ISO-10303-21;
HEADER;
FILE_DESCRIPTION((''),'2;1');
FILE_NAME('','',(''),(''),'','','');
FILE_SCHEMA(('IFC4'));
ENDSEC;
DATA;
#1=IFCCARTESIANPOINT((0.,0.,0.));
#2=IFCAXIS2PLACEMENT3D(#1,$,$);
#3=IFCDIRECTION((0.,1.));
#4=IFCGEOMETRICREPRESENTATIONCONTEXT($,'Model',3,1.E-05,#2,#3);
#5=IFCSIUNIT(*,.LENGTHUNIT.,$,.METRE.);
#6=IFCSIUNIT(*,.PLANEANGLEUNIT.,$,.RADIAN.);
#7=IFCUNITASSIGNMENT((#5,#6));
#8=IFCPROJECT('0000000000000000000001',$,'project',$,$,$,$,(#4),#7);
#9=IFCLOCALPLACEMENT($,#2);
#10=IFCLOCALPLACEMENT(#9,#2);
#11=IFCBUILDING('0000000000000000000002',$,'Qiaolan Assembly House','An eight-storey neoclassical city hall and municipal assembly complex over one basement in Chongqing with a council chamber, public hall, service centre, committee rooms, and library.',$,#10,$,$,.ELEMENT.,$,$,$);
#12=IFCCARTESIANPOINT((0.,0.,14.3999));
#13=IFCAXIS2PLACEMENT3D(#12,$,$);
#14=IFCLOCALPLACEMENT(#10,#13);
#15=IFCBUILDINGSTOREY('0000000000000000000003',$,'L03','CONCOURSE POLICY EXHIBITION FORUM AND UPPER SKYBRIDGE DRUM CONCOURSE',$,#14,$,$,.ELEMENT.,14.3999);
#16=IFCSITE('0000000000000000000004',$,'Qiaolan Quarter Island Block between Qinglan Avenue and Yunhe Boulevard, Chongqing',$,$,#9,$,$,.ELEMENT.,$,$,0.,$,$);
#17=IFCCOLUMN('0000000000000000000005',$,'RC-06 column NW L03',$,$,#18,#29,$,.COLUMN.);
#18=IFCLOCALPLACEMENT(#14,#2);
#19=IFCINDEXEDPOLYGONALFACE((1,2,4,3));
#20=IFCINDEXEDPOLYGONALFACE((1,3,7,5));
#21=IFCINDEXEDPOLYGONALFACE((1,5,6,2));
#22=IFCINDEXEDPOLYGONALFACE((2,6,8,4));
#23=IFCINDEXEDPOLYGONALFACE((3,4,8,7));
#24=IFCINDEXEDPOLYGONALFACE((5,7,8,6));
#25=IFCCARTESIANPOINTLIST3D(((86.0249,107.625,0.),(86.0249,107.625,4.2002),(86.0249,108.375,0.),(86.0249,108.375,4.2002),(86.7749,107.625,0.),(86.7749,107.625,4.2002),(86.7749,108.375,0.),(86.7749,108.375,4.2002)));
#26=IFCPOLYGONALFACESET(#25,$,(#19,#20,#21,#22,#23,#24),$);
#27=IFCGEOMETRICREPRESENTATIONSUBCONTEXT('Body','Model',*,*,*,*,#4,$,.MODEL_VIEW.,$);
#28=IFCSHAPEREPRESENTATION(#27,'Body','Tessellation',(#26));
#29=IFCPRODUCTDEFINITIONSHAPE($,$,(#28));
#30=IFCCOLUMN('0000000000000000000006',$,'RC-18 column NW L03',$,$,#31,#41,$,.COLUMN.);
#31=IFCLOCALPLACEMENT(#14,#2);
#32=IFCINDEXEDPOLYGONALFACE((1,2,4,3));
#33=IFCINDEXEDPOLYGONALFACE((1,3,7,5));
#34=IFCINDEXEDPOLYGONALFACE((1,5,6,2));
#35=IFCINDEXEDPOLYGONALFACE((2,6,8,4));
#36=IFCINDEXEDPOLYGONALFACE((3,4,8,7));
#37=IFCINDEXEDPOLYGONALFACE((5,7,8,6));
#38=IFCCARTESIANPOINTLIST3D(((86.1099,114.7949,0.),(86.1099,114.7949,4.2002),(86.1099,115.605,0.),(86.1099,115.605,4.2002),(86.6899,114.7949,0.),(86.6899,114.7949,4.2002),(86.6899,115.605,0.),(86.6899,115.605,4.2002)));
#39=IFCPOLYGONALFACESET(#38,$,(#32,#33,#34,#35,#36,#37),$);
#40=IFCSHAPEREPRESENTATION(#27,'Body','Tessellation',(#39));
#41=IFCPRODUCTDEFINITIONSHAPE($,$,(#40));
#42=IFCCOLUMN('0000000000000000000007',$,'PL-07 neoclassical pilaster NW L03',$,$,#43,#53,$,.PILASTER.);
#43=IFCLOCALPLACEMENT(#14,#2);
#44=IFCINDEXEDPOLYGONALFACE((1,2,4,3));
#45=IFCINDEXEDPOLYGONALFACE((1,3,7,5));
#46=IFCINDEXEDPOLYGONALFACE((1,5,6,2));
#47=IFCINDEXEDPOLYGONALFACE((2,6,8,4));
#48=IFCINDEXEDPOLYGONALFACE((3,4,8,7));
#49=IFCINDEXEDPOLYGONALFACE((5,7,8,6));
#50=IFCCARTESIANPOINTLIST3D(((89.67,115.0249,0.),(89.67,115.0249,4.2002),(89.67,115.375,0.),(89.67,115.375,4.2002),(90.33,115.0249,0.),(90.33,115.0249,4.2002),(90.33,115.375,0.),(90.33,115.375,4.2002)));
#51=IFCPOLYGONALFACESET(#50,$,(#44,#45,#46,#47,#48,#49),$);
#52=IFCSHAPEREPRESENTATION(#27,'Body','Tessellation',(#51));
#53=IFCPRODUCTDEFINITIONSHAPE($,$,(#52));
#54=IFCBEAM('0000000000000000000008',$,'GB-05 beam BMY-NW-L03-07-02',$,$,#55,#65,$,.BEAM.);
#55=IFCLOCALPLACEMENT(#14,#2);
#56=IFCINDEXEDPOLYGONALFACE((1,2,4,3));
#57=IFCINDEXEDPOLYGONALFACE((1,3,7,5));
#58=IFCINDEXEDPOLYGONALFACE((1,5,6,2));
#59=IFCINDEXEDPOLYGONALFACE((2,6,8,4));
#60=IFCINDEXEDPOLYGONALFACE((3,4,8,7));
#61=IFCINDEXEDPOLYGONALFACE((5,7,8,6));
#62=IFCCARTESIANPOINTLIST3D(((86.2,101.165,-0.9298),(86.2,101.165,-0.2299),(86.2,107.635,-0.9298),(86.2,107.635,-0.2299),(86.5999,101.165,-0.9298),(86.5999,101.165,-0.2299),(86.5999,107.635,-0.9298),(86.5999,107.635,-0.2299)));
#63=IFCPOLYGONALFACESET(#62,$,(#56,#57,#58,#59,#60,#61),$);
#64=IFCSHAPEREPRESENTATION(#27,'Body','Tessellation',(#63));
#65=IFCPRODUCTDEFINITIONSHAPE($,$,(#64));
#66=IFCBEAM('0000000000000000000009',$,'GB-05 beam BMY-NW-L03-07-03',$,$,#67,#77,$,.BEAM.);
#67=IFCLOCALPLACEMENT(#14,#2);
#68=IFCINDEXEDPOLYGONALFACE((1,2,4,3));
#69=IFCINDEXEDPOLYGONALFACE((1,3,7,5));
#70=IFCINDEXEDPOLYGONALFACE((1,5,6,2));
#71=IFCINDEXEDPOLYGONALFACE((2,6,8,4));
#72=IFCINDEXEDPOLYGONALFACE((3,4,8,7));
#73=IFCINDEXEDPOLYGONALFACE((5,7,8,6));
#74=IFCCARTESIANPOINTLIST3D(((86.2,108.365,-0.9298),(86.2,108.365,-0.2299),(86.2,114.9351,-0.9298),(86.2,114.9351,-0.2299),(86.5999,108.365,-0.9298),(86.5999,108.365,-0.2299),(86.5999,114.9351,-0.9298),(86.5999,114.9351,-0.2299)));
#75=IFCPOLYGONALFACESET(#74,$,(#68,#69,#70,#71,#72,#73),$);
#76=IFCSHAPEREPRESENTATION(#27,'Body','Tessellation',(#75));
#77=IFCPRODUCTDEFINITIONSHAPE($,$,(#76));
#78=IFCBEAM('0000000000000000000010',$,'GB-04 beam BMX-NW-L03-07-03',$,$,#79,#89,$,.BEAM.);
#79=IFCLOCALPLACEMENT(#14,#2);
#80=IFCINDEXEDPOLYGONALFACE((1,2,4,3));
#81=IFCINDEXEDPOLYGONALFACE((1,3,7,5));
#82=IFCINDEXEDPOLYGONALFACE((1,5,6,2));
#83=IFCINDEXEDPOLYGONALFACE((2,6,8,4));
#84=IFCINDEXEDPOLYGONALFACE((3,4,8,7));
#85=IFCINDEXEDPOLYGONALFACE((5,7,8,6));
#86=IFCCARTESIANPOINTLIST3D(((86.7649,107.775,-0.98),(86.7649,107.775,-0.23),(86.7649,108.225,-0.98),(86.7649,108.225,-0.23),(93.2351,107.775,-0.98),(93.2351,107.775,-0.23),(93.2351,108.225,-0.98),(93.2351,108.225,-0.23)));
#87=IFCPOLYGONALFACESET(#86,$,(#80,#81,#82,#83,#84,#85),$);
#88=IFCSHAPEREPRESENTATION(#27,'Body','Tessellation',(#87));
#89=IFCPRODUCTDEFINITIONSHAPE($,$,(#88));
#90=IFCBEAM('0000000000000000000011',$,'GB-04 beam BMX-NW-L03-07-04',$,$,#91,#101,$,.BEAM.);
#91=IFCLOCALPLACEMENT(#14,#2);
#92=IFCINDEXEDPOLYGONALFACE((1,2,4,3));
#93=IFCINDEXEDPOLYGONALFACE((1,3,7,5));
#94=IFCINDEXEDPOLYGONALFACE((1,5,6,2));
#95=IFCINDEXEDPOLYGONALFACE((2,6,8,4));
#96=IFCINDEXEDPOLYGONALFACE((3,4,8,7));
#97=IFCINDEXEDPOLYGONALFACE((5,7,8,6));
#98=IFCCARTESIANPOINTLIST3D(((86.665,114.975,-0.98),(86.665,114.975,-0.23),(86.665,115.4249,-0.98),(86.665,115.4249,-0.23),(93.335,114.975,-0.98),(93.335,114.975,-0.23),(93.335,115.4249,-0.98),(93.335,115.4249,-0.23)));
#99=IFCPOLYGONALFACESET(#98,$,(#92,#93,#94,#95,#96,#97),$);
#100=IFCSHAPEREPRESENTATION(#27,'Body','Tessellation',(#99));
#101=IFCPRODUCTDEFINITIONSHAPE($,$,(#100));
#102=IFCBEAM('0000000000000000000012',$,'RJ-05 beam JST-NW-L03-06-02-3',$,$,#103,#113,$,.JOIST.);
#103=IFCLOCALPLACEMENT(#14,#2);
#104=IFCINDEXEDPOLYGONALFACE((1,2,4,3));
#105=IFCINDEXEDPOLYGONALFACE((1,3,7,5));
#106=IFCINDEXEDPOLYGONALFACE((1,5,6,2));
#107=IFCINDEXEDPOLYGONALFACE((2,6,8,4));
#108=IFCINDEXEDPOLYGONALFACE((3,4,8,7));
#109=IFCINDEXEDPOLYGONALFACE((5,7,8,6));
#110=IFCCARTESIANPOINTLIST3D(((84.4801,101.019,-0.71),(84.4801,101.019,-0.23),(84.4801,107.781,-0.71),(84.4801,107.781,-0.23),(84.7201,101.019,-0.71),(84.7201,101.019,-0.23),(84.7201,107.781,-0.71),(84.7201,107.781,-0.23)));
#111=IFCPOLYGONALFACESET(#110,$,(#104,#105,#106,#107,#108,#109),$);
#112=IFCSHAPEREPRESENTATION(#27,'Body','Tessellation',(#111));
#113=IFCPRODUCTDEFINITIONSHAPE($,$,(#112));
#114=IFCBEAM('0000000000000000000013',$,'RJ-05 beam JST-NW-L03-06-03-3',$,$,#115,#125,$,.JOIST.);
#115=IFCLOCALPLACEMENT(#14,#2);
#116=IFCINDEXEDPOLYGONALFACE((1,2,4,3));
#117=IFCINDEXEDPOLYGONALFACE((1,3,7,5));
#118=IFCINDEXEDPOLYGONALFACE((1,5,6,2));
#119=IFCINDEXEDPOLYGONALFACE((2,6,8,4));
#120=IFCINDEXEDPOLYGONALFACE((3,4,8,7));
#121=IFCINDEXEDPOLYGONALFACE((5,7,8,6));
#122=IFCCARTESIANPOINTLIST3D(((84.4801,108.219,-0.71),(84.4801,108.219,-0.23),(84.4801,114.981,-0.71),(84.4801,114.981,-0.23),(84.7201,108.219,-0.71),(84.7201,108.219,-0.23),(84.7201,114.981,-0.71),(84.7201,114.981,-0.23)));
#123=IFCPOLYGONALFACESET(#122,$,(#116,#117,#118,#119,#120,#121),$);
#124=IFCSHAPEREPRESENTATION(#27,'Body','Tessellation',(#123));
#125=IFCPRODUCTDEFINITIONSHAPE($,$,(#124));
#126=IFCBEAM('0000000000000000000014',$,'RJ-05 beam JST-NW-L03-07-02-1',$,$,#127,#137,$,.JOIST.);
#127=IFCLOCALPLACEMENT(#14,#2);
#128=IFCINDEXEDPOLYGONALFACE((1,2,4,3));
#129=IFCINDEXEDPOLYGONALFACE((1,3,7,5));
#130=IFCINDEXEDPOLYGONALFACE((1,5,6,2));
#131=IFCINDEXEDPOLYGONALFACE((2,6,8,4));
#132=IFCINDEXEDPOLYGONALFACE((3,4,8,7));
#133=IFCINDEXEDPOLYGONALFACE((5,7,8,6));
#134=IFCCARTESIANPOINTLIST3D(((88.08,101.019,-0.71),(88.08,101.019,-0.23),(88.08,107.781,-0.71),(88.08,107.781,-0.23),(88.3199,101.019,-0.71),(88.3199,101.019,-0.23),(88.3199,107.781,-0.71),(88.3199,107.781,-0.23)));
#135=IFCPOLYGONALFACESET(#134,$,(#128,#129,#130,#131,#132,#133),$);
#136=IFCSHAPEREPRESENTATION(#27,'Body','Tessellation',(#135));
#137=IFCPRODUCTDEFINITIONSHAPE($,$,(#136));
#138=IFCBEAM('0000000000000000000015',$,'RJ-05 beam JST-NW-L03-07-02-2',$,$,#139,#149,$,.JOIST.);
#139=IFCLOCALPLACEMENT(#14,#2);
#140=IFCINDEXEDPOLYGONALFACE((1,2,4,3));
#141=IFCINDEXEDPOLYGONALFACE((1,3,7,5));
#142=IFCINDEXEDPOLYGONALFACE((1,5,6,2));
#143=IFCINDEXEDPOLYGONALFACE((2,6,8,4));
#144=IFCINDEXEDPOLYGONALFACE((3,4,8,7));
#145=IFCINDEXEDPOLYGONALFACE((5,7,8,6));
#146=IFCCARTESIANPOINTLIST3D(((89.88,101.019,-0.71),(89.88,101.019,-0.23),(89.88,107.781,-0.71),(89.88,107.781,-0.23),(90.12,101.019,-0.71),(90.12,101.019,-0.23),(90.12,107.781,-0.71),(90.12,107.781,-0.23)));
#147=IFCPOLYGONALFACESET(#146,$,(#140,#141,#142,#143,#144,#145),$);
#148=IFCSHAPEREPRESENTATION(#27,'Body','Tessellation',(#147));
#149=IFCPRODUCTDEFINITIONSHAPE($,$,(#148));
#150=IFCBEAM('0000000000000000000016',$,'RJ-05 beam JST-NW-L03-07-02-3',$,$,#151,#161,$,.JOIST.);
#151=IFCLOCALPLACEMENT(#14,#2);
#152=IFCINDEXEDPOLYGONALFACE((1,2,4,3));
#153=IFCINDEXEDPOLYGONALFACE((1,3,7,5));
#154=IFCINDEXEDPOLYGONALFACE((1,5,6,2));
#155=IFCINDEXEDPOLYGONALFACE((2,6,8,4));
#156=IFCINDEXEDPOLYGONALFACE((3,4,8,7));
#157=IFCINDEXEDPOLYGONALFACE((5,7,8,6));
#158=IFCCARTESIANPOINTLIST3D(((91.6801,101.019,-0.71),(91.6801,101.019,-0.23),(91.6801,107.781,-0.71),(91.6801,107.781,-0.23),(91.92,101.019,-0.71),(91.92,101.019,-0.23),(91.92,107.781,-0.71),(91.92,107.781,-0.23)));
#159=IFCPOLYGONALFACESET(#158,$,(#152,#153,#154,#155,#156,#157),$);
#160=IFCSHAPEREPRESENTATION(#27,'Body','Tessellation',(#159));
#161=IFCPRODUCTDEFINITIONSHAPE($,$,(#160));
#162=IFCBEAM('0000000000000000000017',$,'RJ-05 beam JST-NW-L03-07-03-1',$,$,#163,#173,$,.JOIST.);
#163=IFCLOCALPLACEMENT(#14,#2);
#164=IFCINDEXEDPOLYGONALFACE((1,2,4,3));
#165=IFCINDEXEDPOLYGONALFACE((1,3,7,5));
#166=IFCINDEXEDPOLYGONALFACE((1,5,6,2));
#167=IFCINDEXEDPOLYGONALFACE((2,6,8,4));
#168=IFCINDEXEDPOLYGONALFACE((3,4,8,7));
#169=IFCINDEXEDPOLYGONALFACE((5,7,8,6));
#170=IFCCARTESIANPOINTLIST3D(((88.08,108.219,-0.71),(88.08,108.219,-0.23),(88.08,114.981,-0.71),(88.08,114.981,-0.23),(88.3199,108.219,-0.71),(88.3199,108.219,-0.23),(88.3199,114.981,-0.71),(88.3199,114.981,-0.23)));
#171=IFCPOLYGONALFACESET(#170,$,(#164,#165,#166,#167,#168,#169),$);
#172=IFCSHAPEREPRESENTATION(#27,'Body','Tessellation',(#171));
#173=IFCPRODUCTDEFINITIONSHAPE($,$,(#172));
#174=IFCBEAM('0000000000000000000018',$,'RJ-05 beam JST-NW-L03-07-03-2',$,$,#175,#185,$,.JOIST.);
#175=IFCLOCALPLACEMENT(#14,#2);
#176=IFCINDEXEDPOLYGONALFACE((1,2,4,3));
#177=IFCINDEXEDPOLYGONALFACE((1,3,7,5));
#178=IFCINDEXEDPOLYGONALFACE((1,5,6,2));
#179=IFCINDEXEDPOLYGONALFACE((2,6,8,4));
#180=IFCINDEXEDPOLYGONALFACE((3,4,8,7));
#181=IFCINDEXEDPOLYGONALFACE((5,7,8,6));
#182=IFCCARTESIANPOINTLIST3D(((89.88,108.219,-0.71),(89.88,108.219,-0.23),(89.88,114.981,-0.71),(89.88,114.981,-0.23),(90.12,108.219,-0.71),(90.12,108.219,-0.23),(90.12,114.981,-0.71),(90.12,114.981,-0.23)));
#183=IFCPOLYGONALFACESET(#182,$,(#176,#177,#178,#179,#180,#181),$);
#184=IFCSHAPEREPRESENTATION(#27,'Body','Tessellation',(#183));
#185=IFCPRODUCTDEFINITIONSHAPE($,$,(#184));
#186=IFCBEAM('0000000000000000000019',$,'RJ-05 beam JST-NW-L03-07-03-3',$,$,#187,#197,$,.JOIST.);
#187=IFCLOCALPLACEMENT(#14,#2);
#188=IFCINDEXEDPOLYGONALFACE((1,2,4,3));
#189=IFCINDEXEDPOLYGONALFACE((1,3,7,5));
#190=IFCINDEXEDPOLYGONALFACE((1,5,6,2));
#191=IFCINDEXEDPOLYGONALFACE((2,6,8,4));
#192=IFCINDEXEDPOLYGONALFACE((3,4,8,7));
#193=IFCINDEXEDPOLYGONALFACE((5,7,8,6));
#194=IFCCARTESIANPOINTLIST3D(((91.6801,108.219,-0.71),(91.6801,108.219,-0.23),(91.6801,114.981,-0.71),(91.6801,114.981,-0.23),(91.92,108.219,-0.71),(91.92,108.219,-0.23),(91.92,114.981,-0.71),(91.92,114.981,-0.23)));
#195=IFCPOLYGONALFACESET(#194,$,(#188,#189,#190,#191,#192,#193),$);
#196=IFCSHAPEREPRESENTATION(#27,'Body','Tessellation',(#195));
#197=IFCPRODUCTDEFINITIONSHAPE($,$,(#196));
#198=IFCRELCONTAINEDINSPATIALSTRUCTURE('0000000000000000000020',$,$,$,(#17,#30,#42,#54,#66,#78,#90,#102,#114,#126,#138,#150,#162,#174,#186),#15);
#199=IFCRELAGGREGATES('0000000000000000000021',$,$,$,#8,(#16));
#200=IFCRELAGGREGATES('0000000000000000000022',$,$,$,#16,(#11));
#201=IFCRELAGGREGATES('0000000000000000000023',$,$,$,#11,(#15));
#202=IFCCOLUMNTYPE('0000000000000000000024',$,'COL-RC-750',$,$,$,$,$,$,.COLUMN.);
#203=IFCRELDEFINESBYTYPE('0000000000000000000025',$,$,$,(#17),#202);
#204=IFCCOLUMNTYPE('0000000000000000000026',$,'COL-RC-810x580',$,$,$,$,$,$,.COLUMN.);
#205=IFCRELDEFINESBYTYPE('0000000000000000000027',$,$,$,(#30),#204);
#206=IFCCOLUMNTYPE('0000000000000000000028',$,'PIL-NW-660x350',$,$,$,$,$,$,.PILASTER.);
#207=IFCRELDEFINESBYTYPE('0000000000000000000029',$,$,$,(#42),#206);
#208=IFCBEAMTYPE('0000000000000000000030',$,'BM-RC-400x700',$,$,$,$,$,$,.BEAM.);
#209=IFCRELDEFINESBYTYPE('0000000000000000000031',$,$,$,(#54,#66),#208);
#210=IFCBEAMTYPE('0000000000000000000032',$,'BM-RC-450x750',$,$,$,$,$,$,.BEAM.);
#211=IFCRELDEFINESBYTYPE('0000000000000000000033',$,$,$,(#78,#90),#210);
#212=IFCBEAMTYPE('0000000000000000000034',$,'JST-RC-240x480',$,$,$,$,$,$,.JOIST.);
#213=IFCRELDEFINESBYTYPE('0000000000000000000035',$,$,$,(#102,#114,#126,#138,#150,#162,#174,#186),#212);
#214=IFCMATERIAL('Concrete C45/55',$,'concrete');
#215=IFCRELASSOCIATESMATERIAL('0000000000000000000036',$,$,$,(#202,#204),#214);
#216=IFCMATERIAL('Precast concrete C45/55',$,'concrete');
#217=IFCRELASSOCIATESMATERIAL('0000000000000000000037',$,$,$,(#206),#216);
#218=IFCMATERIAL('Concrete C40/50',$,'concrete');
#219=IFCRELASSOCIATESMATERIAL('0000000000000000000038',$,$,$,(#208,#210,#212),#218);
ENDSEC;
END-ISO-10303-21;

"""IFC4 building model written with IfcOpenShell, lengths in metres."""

from ifc_helpers import new_model, si_unit, direction, frame, origin, origin_2d, place, context, subcontext, project, spatial, rectangle, extrude, material, material_profile, profile_set, type_object, element, save


model = new_model("IFC4")

# Units and contexts
model_context = context("Model", 3, precision=1e-05, world=origin(), true_north=direction((0.0, 1.0)))
body_context = subcontext(model_context, "Body", "Model", "MODEL_VIEW")
ifc_project = project(units=[si_unit("LENGTHUNIT", "METRE"), si_unit("PLANEANGLEUNIT", "RADIAN")], contexts=[model_context])

# Site, building, storey
site_placement = place(None, origin())
site = spatial("IfcSite", under=ifc_project, at=site_placement, Name="Qiaolan Quarter Island Block between Qinglan Avenue and Yunhe Boulevard, Chongqing", CompositionType="ELEMENT", RefElevation=0.0)
building_placement = place(site_placement, origin())
building = spatial("IfcBuilding", under=site, at=building_placement, Name="Qiaolan Assembly House", Description="An eight-storey neoclassical city hall and municipal assembly complex over one basement in Chongqing with a council chamber, public hall, service centre, committee rooms, and library.", CompositionType="ELEMENT")
storey_placement = place(building_placement, frame((0.0, 0.0, 14.3999)))
storey = spatial("IfcBuildingStorey", under=building, at=storey_placement, Name="L03", Description="CONCOURSE POLICY EXHIBITION FORUM AND UPPER SKYBRIDGE DRUM CONCOURSE", CompositionType="ELEMENT", Elevation=14.3999)

# Columns
ifc_material_1 = material(Name="Concrete C45/55", Category="concrete")
ifc_material_profile_1 = material_profile(ifc_material_1, rectangle(XDim=0.75, YDim=0.75, at=origin_2d()), Name="RC 750x750")
ifc_profile_set_1 = profile_set([ifc_material_profile_1], Name="Concrete C45/55")
column_type_1 = type_object("IfcColumnType", Name="COL-RC-750", PredefinedType="COLUMN", material=ifc_profile_set_1)
column_1_placement = place(storey_placement, frame((86.3999, 108.0, 0.0), z_axis=(0.0, 0.0, 1.0), x_axis=(1.0, 0.0, 0.0)))
element("IfcColumn", 1, at=column_1_placement, inside=storey, type_object=column_type_1, Name="RC-06 column NW L03", PredefinedType="COLUMN", context=body_context, shape_type="SweptSolid", body=[
    extrude(rectangle(XDim=0.75, YDim=0.75, at=origin_2d()), origin(), (0.0, 0.0, 1.0), 4.2002),
])
ifc_material_profile_2 = material_profile(ifc_material_1, rectangle(XDim=0.5801, YDim=0.8101, at=origin_2d()), Name="RC 810x580")
ifc_profile_set_2 = profile_set([ifc_material_profile_2], Name="Concrete C45/55")
column_type_2 = type_object("IfcColumnType", Name="COL-RC-810x580", PredefinedType="COLUMN", material=ifc_profile_set_2)
column_2_placement = place(storey_placement, frame((86.3999, 115.2, 0.0), z_axis=(0.0, 0.0, 1.0), x_axis=(1.0, 0.0, 0.0)))
element("IfcColumn", 2, at=column_2_placement, inside=storey, type_object=column_type_2, Name="RC-18 column NW L03", PredefinedType="COLUMN", context=body_context, shape_type="SweptSolid", body=[
    extrude(rectangle(XDim=0.5801, YDim=0.8101, at=origin_2d()), origin(), (0.0, 0.0, 1.0), 4.2002),
])
ifc_material_2 = material(Name="Precast concrete C45/55", Category="concrete")
ifc_material_profile_3 = material_profile(ifc_material_2, rectangle(XDim=0.6599, YDim=0.3501, at=origin_2d()), Name="PIL 660x350")
ifc_profile_set_3 = profile_set([ifc_material_profile_3], Name="Precast concrete C45/55")
column_type_3 = type_object("IfcColumnType", Name="PIL-NW-660x350", PredefinedType="PILASTER", material=ifc_profile_set_3)
column_3_placement = place(storey_placement, frame((90.0, 115.2, 0.0), z_axis=(0.0, 0.0, 1.0), x_axis=(1.0, 0.0, 0.0)))
element("IfcColumn", 3, at=column_3_placement, inside=storey, type_object=column_type_3, Name="PL-07 neoclassical pilaster NW L03", PredefinedType="PILASTER", context=body_context, shape_type="SweptSolid", body=[
    extrude(rectangle(XDim=0.6599, YDim=0.3501, at=origin_2d()), origin(), (0.0, 0.0, 1.0), 4.2002),
])

# Beams
ifc_material_3 = material(Name="Concrete C40/50", Category="concrete")
ifc_material_profile_4 = material_profile(ifc_material_3, rectangle(XDim=0.3999, YDim=0.7, at=origin_2d()), Name="RCB 400x700")
ifc_profile_set_4 = profile_set([ifc_material_profile_4], Name="Concrete C40/50")
beam_type_1 = type_object("IfcBeamType", Name="BM-RC-400x700", PredefinedType="BEAM", material=ifc_profile_set_4)
beam_1_placement = place(storey_placement, frame((86.3999, 101.165, -0.5798), z_axis=(0.0, 1.0, 0.0), x_axis=(-1.0, 0.0, 0.0)))
element("IfcBeam", 4, at=beam_1_placement, inside=storey, type_object=beam_type_1, Name="GB-05 beam BMY-NW-L03-07-02", PredefinedType="BEAM", context=body_context, shape_type="SweptSolid", body=[
    extrude(rectangle(XDim=0.3999, YDim=0.7, at=origin_2d()), origin(), (0.0, 0.0, 1.0), 6.47),
])
beam_2_placement = place(storey_placement, frame((86.3999, 108.365, -0.5798), z_axis=(0.0, 1.0, 0.0), x_axis=(-1.0, 0.0, 0.0)))
element("IfcBeam", 5, at=beam_2_placement, inside=storey, type_object=beam_type_1, Name="GB-05 beam BMY-NW-L03-07-03", PredefinedType="BEAM", context=body_context, shape_type="SweptSolid", body=[
    extrude(rectangle(XDim=0.3999, YDim=0.7, at=origin_2d()), origin(), (0.0, 0.0, 1.0), 6.5701),
])
ifc_material_profile_5 = material_profile(ifc_material_3, rectangle(XDim=0.45, YDim=0.75, at=origin_2d()), Name="RCB 450x750")
ifc_profile_set_5 = profile_set([ifc_material_profile_5], Name="Concrete C40/50")
beam_type_2 = type_object("IfcBeamType", Name="BM-RC-450x750", PredefinedType="BEAM", material=ifc_profile_set_5)
beam_3_placement = place(storey_placement, frame((86.7649, 108.0, -0.605), z_axis=(1.0, 0.0, 0.0), x_axis=(0.0, 1.0, 0.0)))
element("IfcBeam", 6, at=beam_3_placement, inside=storey, type_object=beam_type_2, Name="GB-04 beam BMX-NW-L03-07-03", PredefinedType="BEAM", context=body_context, shape_type="SweptSolid", body=[
    extrude(rectangle(XDim=0.45, YDim=0.75, at=origin_2d()), origin(), (0.0, 0.0, 1.0), 6.4702),
])
beam_4_placement = place(storey_placement, frame((86.665, 115.2, -0.605), z_axis=(1.0, 0.0, 0.0), x_axis=(0.0, 1.0, 0.0)))
element("IfcBeam", 7, at=beam_4_placement, inside=storey, type_object=beam_type_2, Name="GB-04 beam BMX-NW-L03-07-04", PredefinedType="BEAM", context=body_context, shape_type="SweptSolid", body=[
    extrude(rectangle(XDim=0.45, YDim=0.75, at=origin_2d()), origin(), (0.0, 0.0, 1.0), 6.6699),
])
ifc_material_profile_6 = material_profile(ifc_material_3, rectangle(XDim=0.24, YDim=0.48, at=origin_2d()), Name="RCB 240x480")
ifc_profile_set_6 = profile_set([ifc_material_profile_6], Name="Concrete C40/50")
beam_type_3 = type_object("IfcBeamType", Name="JST-RC-240x480", PredefinedType="JOIST", material=ifc_profile_set_6)
for number, where, z_axis, x_axis, name in (
    (8, (84.6001, 101.019, -0.47), (0.0, 1.0, 0.0), (-1.0, 0.0, 0.0), "RJ-05 beam JST-NW-L03-06-02-3"),
    (9, (84.6001, 108.219, -0.47), (0.0, 1.0, 0.0), (-1.0, 0.0, 0.0), "RJ-05 beam JST-NW-L03-06-03-3"),
    (10, (88.2, 101.019, -0.47), (0.0, 1.0, 0.0), (-1.0, 0.0, 0.0), "RJ-05 beam JST-NW-L03-07-02-1"),
    (11, (90.0, 101.019, -0.47), (0.0, 1.0, 0.0), (-1.0, 0.0, 0.0), "RJ-05 beam JST-NW-L03-07-02-2"),
    (12, (91.8, 101.019, -0.47), (0.0, 1.0, 0.0), (-1.0, 0.0, 0.0), "RJ-05 beam JST-NW-L03-07-02-3"),
    (13, (88.2, 108.219, -0.47), (0.0, 1.0, 0.0), (-1.0, 0.0, 0.0), "RJ-05 beam JST-NW-L03-07-03-1"),
    (14, (90.0, 108.219, -0.47), (0.0, 1.0, 0.0), (-1.0, 0.0, 0.0), "RJ-05 beam JST-NW-L03-07-03-2"),
    (15, (91.8, 108.219, -0.47), (0.0, 1.0, 0.0), (-1.0, 0.0, 0.0), "RJ-05 beam JST-NW-L03-07-03-3"),
):
    element("IfcBeam", number, at=place(storey_placement, frame(where, z_axis=z_axis, x_axis=x_axis)), inside=storey, type_object=beam_type_3, Name=name, PredefinedType="JOIST", context=body_context, shape_type="SweptSolid", body=[
        extrude(rectangle(XDim=0.24, YDim=0.48, at=origin_2d()), origin(), (0.0, 0.0, 1.0), 6.762),
    ])

save(model, "model.ifc")
